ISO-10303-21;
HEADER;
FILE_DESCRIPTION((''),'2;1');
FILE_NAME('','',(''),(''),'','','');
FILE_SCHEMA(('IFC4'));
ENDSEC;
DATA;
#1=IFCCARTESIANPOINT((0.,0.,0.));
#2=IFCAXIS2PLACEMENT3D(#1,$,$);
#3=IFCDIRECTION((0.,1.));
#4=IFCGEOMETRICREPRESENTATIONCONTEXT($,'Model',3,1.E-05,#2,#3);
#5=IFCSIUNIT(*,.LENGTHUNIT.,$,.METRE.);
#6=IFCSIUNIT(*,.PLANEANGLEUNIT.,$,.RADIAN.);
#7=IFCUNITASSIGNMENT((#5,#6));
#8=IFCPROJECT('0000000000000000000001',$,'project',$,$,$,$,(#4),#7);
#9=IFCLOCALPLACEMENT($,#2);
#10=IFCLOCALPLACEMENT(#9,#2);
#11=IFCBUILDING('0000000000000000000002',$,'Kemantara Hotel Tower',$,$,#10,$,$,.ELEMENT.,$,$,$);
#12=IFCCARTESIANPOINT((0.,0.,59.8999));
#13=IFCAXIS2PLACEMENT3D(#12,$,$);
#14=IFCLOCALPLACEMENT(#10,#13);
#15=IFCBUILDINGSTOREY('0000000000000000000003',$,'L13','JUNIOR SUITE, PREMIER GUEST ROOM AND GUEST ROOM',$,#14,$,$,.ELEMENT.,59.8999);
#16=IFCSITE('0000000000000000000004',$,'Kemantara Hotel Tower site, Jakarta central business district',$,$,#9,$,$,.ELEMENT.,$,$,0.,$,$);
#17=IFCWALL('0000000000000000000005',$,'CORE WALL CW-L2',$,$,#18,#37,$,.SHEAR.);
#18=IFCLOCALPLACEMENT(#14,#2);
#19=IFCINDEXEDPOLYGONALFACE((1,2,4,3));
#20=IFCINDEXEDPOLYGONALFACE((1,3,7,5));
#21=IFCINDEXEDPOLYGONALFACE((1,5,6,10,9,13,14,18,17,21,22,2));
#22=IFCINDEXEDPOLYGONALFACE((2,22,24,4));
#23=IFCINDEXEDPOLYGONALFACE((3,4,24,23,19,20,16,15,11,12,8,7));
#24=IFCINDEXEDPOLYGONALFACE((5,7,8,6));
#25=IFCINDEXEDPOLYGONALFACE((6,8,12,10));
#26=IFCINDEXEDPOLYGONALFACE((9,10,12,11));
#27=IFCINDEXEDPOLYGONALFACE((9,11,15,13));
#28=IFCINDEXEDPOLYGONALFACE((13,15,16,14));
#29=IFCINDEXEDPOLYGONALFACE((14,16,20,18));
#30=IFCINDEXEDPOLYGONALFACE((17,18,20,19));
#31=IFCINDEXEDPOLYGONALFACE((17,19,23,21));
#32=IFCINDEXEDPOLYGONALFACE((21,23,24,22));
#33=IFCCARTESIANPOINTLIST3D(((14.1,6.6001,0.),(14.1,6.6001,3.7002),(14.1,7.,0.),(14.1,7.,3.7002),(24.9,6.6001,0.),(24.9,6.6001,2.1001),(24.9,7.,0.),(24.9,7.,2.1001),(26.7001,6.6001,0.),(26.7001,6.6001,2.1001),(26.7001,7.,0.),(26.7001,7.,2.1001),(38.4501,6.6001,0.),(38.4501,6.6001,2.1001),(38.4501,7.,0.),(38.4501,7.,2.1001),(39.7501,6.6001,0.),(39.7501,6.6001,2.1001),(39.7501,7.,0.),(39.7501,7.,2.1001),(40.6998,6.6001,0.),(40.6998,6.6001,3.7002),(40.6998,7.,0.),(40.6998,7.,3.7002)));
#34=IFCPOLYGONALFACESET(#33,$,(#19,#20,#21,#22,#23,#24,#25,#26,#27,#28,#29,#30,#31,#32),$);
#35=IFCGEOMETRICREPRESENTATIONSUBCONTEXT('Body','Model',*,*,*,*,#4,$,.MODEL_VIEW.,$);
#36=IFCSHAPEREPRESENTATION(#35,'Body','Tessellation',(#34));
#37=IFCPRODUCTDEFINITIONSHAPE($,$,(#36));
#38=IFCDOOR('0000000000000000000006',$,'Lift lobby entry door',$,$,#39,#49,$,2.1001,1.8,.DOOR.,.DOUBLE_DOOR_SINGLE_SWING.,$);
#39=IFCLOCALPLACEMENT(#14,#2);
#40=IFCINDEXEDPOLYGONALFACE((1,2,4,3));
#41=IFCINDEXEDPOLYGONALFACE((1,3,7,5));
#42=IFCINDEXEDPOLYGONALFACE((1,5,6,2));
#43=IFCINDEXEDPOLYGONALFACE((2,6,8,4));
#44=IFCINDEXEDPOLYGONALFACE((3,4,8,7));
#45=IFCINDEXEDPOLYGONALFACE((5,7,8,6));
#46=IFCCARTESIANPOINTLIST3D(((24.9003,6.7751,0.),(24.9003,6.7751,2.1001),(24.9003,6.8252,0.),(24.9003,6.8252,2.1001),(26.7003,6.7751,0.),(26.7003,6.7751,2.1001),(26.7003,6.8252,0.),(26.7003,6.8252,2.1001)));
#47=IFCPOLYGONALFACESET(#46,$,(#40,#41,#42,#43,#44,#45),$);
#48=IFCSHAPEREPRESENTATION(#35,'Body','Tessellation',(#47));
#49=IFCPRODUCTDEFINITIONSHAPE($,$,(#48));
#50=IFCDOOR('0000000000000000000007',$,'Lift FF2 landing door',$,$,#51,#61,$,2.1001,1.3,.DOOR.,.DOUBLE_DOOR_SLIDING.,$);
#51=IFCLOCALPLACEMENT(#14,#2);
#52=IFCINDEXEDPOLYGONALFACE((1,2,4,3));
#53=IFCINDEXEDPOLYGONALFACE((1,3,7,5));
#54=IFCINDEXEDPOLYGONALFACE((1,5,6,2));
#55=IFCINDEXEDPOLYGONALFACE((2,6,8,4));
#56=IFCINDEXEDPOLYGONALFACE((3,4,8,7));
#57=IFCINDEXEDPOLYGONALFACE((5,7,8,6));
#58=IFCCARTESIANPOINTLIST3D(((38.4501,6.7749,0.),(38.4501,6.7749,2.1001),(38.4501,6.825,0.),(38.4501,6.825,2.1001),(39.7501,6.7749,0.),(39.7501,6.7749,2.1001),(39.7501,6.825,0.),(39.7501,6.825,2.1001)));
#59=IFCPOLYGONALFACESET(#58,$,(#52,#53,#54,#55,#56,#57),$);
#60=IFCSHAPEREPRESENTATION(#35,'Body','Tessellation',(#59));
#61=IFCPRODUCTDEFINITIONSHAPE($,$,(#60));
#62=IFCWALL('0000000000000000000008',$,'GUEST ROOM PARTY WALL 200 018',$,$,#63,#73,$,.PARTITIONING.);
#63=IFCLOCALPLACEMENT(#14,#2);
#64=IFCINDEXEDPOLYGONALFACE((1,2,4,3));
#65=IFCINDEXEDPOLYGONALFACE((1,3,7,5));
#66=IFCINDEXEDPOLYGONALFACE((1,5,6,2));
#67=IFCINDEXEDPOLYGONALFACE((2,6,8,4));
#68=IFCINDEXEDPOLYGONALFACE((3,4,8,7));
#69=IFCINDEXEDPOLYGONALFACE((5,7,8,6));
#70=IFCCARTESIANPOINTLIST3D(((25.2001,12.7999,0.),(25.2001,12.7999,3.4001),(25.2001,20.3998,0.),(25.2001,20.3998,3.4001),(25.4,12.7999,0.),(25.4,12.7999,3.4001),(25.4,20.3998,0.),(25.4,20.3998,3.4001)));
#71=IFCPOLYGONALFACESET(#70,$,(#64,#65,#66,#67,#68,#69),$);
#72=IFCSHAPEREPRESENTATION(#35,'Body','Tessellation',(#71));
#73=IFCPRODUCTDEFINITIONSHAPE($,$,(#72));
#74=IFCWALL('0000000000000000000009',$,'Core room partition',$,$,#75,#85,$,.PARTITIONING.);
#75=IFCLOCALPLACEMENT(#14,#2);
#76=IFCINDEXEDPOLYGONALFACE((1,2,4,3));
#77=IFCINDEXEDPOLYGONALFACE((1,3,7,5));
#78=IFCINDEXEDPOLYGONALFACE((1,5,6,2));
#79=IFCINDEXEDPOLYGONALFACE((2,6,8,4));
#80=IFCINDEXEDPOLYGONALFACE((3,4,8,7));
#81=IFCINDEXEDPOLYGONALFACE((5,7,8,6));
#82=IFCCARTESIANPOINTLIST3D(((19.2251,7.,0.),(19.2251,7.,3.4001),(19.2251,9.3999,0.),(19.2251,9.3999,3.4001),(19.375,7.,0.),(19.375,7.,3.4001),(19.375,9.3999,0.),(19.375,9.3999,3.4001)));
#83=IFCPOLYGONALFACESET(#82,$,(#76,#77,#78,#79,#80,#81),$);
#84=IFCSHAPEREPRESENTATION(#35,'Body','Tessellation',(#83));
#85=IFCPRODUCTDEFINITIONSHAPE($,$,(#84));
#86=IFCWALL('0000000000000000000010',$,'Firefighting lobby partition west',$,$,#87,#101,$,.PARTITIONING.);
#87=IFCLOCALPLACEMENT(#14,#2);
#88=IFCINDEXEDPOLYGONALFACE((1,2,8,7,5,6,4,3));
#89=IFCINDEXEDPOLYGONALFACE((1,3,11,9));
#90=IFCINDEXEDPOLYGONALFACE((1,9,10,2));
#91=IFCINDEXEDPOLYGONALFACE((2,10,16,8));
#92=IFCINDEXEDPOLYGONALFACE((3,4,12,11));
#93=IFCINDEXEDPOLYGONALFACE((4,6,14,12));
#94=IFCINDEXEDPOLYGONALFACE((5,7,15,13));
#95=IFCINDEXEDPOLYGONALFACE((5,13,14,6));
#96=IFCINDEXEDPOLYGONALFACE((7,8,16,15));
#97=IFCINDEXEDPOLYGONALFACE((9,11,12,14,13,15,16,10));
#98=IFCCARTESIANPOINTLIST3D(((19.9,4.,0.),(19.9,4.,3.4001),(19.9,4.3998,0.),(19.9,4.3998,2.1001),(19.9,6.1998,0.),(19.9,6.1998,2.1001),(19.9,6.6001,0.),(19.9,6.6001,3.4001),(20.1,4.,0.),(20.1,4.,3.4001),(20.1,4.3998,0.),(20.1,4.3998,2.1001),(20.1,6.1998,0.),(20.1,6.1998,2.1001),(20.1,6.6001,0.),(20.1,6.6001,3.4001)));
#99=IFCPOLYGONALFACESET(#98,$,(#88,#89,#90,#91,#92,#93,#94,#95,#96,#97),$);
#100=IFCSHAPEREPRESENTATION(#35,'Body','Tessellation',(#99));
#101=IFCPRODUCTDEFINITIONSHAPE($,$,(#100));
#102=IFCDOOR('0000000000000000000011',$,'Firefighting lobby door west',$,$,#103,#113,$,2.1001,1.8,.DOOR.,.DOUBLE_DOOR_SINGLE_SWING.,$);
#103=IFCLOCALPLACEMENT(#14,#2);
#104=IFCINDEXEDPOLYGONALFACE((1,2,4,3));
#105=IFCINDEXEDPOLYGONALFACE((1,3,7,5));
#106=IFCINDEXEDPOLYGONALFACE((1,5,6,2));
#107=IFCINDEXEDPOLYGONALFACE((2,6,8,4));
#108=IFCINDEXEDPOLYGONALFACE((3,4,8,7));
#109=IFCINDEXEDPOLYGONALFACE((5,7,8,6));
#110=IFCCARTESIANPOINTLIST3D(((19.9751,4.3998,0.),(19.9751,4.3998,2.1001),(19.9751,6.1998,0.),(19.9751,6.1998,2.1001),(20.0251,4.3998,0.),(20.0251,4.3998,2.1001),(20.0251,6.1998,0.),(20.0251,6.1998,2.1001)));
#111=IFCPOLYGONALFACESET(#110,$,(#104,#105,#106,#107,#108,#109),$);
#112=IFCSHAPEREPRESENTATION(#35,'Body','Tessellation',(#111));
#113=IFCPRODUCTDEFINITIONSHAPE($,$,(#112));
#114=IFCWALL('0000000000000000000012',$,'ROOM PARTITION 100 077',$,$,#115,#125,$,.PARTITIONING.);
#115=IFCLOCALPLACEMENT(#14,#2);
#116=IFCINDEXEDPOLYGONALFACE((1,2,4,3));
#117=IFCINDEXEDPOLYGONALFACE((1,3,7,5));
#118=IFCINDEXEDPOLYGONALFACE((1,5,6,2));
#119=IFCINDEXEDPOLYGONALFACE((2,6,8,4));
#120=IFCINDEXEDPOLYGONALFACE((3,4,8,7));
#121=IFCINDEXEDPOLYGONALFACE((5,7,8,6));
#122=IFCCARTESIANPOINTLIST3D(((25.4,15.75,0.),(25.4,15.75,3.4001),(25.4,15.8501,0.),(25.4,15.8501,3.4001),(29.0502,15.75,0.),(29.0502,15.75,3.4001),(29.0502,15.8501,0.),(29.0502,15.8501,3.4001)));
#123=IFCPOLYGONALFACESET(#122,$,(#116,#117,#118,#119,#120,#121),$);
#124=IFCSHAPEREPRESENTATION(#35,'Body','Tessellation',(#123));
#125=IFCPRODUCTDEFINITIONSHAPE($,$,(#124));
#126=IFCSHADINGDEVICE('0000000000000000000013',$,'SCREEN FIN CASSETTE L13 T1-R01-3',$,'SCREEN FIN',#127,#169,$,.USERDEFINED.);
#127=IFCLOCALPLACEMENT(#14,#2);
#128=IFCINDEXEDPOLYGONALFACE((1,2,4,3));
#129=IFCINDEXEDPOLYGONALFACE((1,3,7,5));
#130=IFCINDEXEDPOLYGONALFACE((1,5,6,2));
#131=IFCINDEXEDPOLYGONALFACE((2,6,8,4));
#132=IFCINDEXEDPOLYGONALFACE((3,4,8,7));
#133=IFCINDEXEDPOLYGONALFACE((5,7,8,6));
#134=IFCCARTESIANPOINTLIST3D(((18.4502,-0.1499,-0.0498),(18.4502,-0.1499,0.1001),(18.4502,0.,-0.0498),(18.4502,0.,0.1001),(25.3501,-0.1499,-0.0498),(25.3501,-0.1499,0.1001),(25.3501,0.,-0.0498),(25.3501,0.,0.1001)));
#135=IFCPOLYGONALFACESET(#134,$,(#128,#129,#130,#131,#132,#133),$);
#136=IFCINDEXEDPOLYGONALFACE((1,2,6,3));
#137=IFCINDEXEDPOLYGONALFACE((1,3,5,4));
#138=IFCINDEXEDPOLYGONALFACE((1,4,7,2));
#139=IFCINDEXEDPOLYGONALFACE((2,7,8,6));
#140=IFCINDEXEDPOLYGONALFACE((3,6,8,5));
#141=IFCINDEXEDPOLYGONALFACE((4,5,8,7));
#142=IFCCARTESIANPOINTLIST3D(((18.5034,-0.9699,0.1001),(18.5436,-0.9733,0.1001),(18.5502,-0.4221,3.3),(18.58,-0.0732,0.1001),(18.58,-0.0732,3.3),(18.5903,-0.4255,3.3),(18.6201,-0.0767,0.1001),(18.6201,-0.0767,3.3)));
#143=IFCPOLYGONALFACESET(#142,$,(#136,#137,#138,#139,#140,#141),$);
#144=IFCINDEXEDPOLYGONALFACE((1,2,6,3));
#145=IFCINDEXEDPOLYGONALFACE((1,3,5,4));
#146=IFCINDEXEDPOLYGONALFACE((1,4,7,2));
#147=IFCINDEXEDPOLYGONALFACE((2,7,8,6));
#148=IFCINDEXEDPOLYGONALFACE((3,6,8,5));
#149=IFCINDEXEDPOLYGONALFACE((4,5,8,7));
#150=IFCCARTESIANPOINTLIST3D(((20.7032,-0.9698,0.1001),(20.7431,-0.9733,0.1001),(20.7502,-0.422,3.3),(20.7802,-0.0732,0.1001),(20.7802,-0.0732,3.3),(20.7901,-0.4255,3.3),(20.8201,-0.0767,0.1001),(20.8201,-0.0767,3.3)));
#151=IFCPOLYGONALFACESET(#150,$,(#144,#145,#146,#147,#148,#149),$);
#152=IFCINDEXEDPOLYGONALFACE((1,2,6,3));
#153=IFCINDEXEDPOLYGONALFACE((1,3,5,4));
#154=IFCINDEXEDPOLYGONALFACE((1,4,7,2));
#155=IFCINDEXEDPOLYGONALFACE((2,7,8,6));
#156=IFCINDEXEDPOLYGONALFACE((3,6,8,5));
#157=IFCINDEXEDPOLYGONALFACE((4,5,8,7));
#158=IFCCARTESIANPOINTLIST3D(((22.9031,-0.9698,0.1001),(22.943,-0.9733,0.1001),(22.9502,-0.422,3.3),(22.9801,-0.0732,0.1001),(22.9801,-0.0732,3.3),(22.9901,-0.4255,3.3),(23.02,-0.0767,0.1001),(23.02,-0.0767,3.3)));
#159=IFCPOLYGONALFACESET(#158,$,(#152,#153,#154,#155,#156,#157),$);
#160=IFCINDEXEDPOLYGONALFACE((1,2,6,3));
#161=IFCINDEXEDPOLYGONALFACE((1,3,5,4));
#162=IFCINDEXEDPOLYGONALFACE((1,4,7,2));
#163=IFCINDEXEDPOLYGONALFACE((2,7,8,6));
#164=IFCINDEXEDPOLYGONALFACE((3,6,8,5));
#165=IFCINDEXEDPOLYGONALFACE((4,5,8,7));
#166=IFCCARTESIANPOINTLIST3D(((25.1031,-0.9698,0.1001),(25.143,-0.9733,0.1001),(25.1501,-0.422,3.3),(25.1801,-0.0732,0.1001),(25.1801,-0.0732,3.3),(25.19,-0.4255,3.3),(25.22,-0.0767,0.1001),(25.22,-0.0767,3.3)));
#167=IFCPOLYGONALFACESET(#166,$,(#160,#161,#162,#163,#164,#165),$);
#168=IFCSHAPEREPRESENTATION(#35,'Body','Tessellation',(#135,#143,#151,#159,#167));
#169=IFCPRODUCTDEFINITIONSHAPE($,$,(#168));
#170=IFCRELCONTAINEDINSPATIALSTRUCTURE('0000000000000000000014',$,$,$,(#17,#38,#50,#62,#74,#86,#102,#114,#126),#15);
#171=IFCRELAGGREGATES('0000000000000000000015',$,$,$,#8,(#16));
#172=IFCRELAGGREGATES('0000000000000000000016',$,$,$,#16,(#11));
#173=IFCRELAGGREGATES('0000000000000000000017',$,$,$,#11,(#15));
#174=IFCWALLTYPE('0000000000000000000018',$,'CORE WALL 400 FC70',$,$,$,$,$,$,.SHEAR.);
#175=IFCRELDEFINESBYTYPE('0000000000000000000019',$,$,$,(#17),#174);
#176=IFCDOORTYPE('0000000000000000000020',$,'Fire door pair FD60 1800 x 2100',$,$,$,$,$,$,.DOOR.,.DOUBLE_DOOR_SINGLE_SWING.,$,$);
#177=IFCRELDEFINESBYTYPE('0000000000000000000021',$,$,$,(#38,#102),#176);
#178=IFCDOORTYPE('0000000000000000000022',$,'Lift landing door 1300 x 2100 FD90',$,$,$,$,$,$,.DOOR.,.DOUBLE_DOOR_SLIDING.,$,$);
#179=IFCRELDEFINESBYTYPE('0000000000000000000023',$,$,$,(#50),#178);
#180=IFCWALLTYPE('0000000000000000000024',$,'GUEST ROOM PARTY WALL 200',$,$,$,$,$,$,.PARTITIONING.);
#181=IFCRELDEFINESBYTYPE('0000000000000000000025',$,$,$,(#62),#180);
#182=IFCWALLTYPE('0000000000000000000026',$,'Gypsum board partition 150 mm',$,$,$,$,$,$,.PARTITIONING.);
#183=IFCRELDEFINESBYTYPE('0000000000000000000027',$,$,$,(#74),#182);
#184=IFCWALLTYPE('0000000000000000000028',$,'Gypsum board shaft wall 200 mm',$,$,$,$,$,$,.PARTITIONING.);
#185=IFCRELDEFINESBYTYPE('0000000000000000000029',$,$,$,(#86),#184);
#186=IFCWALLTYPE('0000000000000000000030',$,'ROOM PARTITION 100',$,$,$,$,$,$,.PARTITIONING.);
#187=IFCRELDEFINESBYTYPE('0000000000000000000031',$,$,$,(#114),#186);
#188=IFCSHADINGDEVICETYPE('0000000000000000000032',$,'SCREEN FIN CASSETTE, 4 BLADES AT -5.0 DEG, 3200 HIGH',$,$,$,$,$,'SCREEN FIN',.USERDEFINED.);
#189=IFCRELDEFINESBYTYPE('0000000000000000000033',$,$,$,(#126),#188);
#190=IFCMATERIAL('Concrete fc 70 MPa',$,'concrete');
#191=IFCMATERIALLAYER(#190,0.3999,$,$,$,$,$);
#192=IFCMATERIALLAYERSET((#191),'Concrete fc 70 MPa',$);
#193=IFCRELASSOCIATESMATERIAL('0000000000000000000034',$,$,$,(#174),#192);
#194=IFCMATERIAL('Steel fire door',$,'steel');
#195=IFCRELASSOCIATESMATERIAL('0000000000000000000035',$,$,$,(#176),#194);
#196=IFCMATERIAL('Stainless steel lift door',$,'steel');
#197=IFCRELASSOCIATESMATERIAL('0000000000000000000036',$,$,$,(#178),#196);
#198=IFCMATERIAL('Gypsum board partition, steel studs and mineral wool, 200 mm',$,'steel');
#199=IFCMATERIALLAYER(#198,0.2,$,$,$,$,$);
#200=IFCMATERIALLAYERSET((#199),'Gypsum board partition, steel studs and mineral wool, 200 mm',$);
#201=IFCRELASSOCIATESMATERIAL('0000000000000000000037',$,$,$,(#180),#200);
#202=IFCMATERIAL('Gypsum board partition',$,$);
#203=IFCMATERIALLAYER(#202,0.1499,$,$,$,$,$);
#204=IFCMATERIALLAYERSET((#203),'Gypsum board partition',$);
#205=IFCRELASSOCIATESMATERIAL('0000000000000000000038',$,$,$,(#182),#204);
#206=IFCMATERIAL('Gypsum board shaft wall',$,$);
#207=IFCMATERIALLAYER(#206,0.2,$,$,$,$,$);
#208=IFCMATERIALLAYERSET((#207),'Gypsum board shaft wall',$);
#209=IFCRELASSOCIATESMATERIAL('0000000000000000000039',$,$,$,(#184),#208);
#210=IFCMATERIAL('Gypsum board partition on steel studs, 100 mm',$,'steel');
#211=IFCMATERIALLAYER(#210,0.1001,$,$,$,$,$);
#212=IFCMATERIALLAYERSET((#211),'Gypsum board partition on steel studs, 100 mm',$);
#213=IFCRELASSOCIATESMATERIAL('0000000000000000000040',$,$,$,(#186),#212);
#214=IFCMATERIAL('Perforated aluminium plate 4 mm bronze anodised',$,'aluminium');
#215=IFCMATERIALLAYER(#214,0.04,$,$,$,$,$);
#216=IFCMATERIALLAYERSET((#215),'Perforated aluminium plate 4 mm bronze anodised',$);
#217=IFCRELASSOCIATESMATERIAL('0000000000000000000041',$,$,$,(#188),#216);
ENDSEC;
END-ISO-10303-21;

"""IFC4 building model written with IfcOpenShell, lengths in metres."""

from ifc_helpers import new_model, si_unit, direction, frame, frame_2d, origin, origin_2d, place, context, subcontext, project, spatial, polyline, rectangle, outline, extrude, source, transform, mapped, material, layer, layer_set, type_object, element, fill, save


model = new_model("IFC4")

# Units and contexts
model_context = context("Model", 3, precision=1e-05, world=origin(), true_north=direction((0.0, 1.0)))
body_context = subcontext(model_context, "Body", "Model", "MODEL_VIEW")
ifc_project = project(units=[si_unit("LENGTHUNIT", "METRE"), si_unit("PLANEANGLEUNIT", "RADIAN")], contexts=[model_context])

# Site, building, storey
site_placement = place(None, origin())
site = spatial("IfcSite", under=ifc_project, at=site_placement, Name="Kemantara Hotel Tower site, Jakarta central business district", CompositionType="ELEMENT", RefElevation=0.0)
building_placement = place(site_placement, origin())
building = spatial("IfcBuilding", under=site, at=building_placement, Name="Kemantara Hotel Tower", CompositionType="ELEMENT")
storey_placement = place(building_placement, frame((0.0, 0.0, 59.8999)))
storey = spatial("IfcBuildingStorey", under=building, at=storey_placement, Name="L13", Description="JUNIOR SUITE, PREMIER GUEST ROOM AND GUEST ROOM", CompositionType="ELEMENT", Elevation=59.8999)

# Shared definitions
ifc_material_1 = material(Name="Concrete fc 70 MPa", Category="concrete")

# Wall, openings, doors
ifc_layer_1 = layer(ifc_material_1, 0.3999)
ifc_layer_set_1 = layer_set([ifc_layer_1], Name="Concrete fc 70 MPa")
wall_type_1 = type_object("IfcWallType", Name="CORE WALL 400 FC70", PredefinedType="SHEAR", material=ifc_layer_set_1)
ifc_material_2 = material(Name="Steel fire door", Category="steel")
wall_1_placement = place(storey_placement, frame((14.1001, 6.8, 0.0), z_axis=(0.0, 0.0, 1.0), x_axis=(1.0, 0.0, 0.0)))
wall_1 = element("IfcWall", 1, at=wall_1_placement, inside=storey, type_object=wall_type_1, Name="CORE WALL CW-L2", PredefinedType="SHEAR", context=body_context, shape_type="SweptSolid", body=[
    extrude(rectangle(XDim=26.5999, YDim=0.3999, at=frame_2d((13.2998, 0.0))), origin(), (0.0, 0.0, 1.0), 3.7002),
])
opening_1_placement = place(wall_1_placement, frame((10.8, 0.0, 0.0)))
opening_1 = element("IfcOpeningElement", 2, at=opening_1_placement, cuts=wall_1, PredefinedType="OPENING", context=body_context, shape_type="SweptSolid", body=[
    extrude(rectangle(XDim=1.8, YDim=2.1001, at=frame_2d((0.8999, 1.05))), frame((0.0, 0.21, 0.0), z_axis=(0.0, -1.0, 0.0), x_axis=(1.0, 0.0, 0.0)), (0.0, 0.0, 1.0), 0.4199),
])
opening_2_placement = place(wall_1_placement, frame((24.3501, 0.0, 0.0)))
opening_2 = element("IfcOpeningElement", 3, at=opening_2_placement, cuts=wall_1, PredefinedType="OPENING", context=body_context, shape_type="SweptSolid", body=[
    extrude(rectangle(XDim=1.3, YDim=2.1001, at=frame_2d((0.6499, 1.05))), frame((0.0, 0.21, 0.0), z_axis=(0.0, -1.0, 0.0), x_axis=(1.0, 0.0, 0.0)), (0.0, 0.0, 1.0), 0.4199),
])
door_type_1 = type_object("IfcDoorType", Name="Fire door pair FD60 1800 x 2100", OperationType="DOUBLE_DOOR_SINGLE_SWING", PredefinedType="DOOR", material=ifc_material_2)
door_1_placement = place(opening_1_placement, frame((1.8, 0.0, 0.0), z_axis=(0.0, 0.0, 1.0), x_axis=(-1.0, 0.0, 0.0)))
door_1 = element("IfcDoor", 4, at=door_1_placement, inside=storey, type_object=door_type_1, Name="Lift lobby entry door", OperationType="DOUBLE_DOOR_SINGLE_SWING", OverallHeight=2.1001, OverallWidth=1.8, PredefinedType="DOOR", context=body_context, shape_type="SweptSolid", body=[
    extrude(rectangle(XDim=1.8, YDim=2.1001, at=frame_2d((0.8999, 1.05))), frame((0.0, 0.0249, 0.0), z_axis=(0.0, -1.0, 0.0), x_axis=(1.0, 0.0, 0.0)), (0.0, 0.0, 1.0), 0.05),
])
fill(opening_1, door_1)
ifc_material_3 = material(Name="Stainless steel lift door", Category="steel")
door_type_2 = type_object("IfcDoorType", Name="Lift landing door 1300 x 2100 FD90", OperationType="DOUBLE_DOOR_SLIDING", PredefinedType="DOOR", material=ifc_material_3)
door_2_placement = place(opening_2_placement, origin())
door_2 = element("IfcDoor", 5, at=door_2_placement, inside=storey, type_object=door_type_2, Name="Lift FF2 landing door", OperationType="DOUBLE_DOOR_SLIDING", OverallHeight=2.1001, OverallWidth=1.3, PredefinedType="DOOR", context=body_context, shape_type="SweptSolid", body=[
    extrude(rectangle(XDim=1.3, YDim=2.1001, at=frame_2d((0.6499, 1.05))), frame((0.0, 0.0249, 0.0), z_axis=(0.0, -1.0, 0.0), x_axis=(1.0, 0.0, 0.0)), (0.0, 0.0, 1.0), 0.05),
])
fill(opening_2, door_2)

# Walls
ifc_material_4 = material(Name="Gypsum board partition, steel studs and mineral wool, 200 mm", Category="steel")
ifc_layer_2 = layer(ifc_material_4, 0.2)
ifc_layer_set_2 = layer_set([ifc_layer_2], Name="Gypsum board partition, steel studs and mineral wool, 200 mm")
wall_type_2 = type_object("IfcWallType", Name="GUEST ROOM PARTY WALL 200", PredefinedType="PARTITIONING", material=ifc_layer_set_2)
wall_2_placement = place(storey_placement, frame((25.3, 12.8, 0.0), z_axis=(0.0, 0.0, 1.0), x_axis=(0.0, 1.0, 0.0)))
element("IfcWall", 6, at=wall_2_placement, inside=storey, type_object=wall_type_2, Name="GUEST ROOM PARTY WALL 200 018", PredefinedType="PARTITIONING", context=body_context, shape_type="SweptSolid", body=[
    extrude(rectangle(XDim=7.5999, YDim=0.2, at=frame_2d((3.7998, 0.0))), origin(), (0.0, 0.0, 1.0), 3.4001),
])
ifc_material_5 = material(Name="Gypsum board partition")
ifc_layer_3 = layer(ifc_material_5, 0.1499)
ifc_layer_set_3 = layer_set([ifc_layer_3], Name="Gypsum board partition")
wall_type_3 = type_object("IfcWallType", Name="Gypsum board partition 150 mm", PredefinedType="PARTITIONING", material=ifc_layer_set_3)
wall_3_placement = place(storey_placement, frame((19.3, 7.0, 0.0), z_axis=(0.0, 0.0, 1.0), x_axis=(0.0, 1.0, 0.0)))
element("IfcWall", 7, at=wall_3_placement, inside=storey, type_object=wall_type_3, Name="Core room partition", PredefinedType="PARTITIONING", context=body_context, shape_type="SweptSolid", body=[
    extrude(rectangle(XDim=2.3999, YDim=0.1499, at=frame_2d((1.2, 0.0))), origin(), (0.0, 0.0, 1.0), 3.4001),
])

# Wall, opening, door
ifc_material_6 = material(Name="Gypsum board shaft wall")
ifc_layer_4 = layer(ifc_material_6, 0.2)
ifc_layer_set_4 = layer_set([ifc_layer_4], Name="Gypsum board shaft wall")
wall_type_4 = type_object("IfcWallType", Name="Gypsum board shaft wall 200 mm", PredefinedType="PARTITIONING", material=ifc_layer_set_4)
wall_4_placement = place(storey_placement, frame((20.0, 4.0, 0.0), z_axis=(0.0, 0.0, 1.0), x_axis=(0.0, 1.0, 0.0)))
wall_4 = element("IfcWall", 8, at=wall_4_placement, inside=storey, type_object=wall_type_4, Name="Firefighting lobby partition west", PredefinedType="PARTITIONING", context=body_context, shape_type="SweptSolid", body=[
    extrude(rectangle(XDim=2.6001, YDim=0.2, at=frame_2d((1.3, 0.0))), origin(), (0.0, 0.0, 1.0), 3.4001),
])
opening_3_placement = place(wall_4_placement, frame((0.3999, 0.0, 0.0)))
opening_3 = element("IfcOpeningElement", 9, at=opening_3_placement, cuts=wall_4, PredefinedType="OPENING", context=body_context, shape_type="SweptSolid", body=[
    extrude(rectangle(XDim=1.8, YDim=2.1001, at=frame_2d((0.8999, 1.05))), frame((0.0, 0.1099, 0.0), z_axis=(0.0, -1.0, 0.0), x_axis=(1.0, 0.0, 0.0)), (0.0, 0.0, 1.0), 0.22),
])
door_3_placement = place(opening_3_placement, origin())
door_3 = element("IfcDoor", 10, at=door_3_placement, inside=storey, type_object=door_type_1, Name="Firefighting lobby door west", OperationType="DOUBLE_DOOR_SINGLE_SWING", OverallHeight=2.1001, OverallWidth=1.8, PredefinedType="DOOR", context=body_context, shape_type="SweptSolid", body=[
    extrude(rectangle(XDim=1.8, YDim=2.1001, at=frame_2d((0.8999, 1.05))), frame((0.0, 0.0249, 0.0), z_axis=(0.0, -1.0, 0.0), x_axis=(1.0, 0.0, 0.0)), (0.0, 0.0, 1.0), 0.05),
])
fill(opening_3, door_3)

# Wall
ifc_material_7 = material(Name="Gypsum board partition on steel studs, 100 mm", Category="steel")
ifc_layer_5 = layer(ifc_material_7, 0.1001)
ifc_layer_set_5 = layer_set([ifc_layer_5], Name="Gypsum board partition on steel studs, 100 mm")
wall_type_5 = type_object("IfcWallType", Name="ROOM PARTITION 100", PredefinedType="PARTITIONING", material=ifc_layer_set_5)
wall_5_placement = place(storey_placement, frame((25.3999, 15.8, 0.0), z_axis=(0.0, 0.0, 1.0), x_axis=(1.0, 0.0, 0.0)))
element("IfcWall", 11, at=wall_5_placement, inside=storey, type_object=wall_type_5, Name="ROOM PARTITION 100 077", PredefinedType="PARTITIONING", context=body_context, shape_type="SweptSolid", body=[
    extrude(rectangle(XDim=3.6501, YDim=0.1001, at=frame_2d((1.8252, 0.0))), origin(), (0.0, 0.0, 1.0), 3.4001),
])

# Shading device
ifc_material_8 = material(Name="Perforated aluminium plate 4 mm bronze anodised", Category="aluminium")
ifc_layer_6 = layer(ifc_material_8, 0.04)
ifc_layer_set_6 = layer_set([ifc_layer_6], Name="Perforated aluminium plate 4 mm bronze anodised")
shading_device_type = type_object("IfcShadingDeviceType", Name="SCREEN FIN CASSETTE, 4 BLADES AT -5.0 DEG, 3200 HIGH", ElementType="SCREEN FIN", PredefinedType="USERDEFINED", material=ifc_layer_set_6)
shared_shape = source(origin(), body_context, "Body", "SweptSolid", [
    extrude(rectangle(XDim=6.8999, YDim=0.1499, at=origin_2d()), frame((3.3, -0.075, -0.1499), z_axis=(0.0, 0.0, 1.0), x_axis=(1.0, 0.0, 0.0)), (0.0, 0.0, 1.0), 0.1499),
    extrude(outline(polyline([(0.0, 0.0), (0.8999, 0.0), (0.3501, 3.2), (0.0, 3.2), (0.0, 0.0)])), frame((0.02, -0.0767, 0.0), z_axis=(-0.996376, 0.085056, 0.0), x_axis=(-0.085056, -0.996376, 0.0)), (0.0, 0.0, 1.0), 0.0403),
    extrude(outline(polyline([(0.0, 0.0), (0.8999, 0.0), (0.3501, 3.2), (0.0, 3.2), (0.0, 0.0)])), frame((2.22, -0.0767, 0.0), z_axis=(-0.996332, 0.085575, 0.0), x_axis=(-0.085575, -0.996332, 0.0)), (0.0, 0.0, 1.0), 0.04),
    extrude(outline(polyline([(0.0, 0.0), (0.8999, 0.0), (0.3501, 3.2), (0.0, 3.2), (0.0, 0.0)])), frame((4.4199, -0.0767, 0.0), z_axis=(-0.996332, 0.085575, 0.0), x_axis=(-0.085575, -0.996332, 0.0)), (0.0, 0.0, 1.0), 0.04),
    extrude(outline(polyline([(0.0, 0.0), (0.8999, 0.0), (0.3501, 3.2), (0.0, 3.2), (0.0, 0.0)])), frame((6.6199, -0.0767, 0.0), z_axis=(-0.996332, 0.085575, 0.0), x_axis=(-0.085575, -0.996332, 0.0)), (0.0, 0.0, 1.0), 0.04),
])
shading_device_placement = place(storey_placement, frame((18.6001, 0.0, 0.1001), z_axis=(0.0, 0.0, 1.0), x_axis=(1.0, 0.0, 0.0)))
element("IfcShadingDevice", 12, at=shading_device_placement, inside=storey, type_object=shading_device_type, Name="SCREEN FIN CASSETTE L13 T1-R01-3", ObjectType="SCREEN FIN", PredefinedType="USERDEFINED", context=body_context, shape_type="MappedRepresentation", body=[
    mapped(shared_shape, transform((0.0, 0.0, 0.0))),
])

save(model, "model.ifc")
